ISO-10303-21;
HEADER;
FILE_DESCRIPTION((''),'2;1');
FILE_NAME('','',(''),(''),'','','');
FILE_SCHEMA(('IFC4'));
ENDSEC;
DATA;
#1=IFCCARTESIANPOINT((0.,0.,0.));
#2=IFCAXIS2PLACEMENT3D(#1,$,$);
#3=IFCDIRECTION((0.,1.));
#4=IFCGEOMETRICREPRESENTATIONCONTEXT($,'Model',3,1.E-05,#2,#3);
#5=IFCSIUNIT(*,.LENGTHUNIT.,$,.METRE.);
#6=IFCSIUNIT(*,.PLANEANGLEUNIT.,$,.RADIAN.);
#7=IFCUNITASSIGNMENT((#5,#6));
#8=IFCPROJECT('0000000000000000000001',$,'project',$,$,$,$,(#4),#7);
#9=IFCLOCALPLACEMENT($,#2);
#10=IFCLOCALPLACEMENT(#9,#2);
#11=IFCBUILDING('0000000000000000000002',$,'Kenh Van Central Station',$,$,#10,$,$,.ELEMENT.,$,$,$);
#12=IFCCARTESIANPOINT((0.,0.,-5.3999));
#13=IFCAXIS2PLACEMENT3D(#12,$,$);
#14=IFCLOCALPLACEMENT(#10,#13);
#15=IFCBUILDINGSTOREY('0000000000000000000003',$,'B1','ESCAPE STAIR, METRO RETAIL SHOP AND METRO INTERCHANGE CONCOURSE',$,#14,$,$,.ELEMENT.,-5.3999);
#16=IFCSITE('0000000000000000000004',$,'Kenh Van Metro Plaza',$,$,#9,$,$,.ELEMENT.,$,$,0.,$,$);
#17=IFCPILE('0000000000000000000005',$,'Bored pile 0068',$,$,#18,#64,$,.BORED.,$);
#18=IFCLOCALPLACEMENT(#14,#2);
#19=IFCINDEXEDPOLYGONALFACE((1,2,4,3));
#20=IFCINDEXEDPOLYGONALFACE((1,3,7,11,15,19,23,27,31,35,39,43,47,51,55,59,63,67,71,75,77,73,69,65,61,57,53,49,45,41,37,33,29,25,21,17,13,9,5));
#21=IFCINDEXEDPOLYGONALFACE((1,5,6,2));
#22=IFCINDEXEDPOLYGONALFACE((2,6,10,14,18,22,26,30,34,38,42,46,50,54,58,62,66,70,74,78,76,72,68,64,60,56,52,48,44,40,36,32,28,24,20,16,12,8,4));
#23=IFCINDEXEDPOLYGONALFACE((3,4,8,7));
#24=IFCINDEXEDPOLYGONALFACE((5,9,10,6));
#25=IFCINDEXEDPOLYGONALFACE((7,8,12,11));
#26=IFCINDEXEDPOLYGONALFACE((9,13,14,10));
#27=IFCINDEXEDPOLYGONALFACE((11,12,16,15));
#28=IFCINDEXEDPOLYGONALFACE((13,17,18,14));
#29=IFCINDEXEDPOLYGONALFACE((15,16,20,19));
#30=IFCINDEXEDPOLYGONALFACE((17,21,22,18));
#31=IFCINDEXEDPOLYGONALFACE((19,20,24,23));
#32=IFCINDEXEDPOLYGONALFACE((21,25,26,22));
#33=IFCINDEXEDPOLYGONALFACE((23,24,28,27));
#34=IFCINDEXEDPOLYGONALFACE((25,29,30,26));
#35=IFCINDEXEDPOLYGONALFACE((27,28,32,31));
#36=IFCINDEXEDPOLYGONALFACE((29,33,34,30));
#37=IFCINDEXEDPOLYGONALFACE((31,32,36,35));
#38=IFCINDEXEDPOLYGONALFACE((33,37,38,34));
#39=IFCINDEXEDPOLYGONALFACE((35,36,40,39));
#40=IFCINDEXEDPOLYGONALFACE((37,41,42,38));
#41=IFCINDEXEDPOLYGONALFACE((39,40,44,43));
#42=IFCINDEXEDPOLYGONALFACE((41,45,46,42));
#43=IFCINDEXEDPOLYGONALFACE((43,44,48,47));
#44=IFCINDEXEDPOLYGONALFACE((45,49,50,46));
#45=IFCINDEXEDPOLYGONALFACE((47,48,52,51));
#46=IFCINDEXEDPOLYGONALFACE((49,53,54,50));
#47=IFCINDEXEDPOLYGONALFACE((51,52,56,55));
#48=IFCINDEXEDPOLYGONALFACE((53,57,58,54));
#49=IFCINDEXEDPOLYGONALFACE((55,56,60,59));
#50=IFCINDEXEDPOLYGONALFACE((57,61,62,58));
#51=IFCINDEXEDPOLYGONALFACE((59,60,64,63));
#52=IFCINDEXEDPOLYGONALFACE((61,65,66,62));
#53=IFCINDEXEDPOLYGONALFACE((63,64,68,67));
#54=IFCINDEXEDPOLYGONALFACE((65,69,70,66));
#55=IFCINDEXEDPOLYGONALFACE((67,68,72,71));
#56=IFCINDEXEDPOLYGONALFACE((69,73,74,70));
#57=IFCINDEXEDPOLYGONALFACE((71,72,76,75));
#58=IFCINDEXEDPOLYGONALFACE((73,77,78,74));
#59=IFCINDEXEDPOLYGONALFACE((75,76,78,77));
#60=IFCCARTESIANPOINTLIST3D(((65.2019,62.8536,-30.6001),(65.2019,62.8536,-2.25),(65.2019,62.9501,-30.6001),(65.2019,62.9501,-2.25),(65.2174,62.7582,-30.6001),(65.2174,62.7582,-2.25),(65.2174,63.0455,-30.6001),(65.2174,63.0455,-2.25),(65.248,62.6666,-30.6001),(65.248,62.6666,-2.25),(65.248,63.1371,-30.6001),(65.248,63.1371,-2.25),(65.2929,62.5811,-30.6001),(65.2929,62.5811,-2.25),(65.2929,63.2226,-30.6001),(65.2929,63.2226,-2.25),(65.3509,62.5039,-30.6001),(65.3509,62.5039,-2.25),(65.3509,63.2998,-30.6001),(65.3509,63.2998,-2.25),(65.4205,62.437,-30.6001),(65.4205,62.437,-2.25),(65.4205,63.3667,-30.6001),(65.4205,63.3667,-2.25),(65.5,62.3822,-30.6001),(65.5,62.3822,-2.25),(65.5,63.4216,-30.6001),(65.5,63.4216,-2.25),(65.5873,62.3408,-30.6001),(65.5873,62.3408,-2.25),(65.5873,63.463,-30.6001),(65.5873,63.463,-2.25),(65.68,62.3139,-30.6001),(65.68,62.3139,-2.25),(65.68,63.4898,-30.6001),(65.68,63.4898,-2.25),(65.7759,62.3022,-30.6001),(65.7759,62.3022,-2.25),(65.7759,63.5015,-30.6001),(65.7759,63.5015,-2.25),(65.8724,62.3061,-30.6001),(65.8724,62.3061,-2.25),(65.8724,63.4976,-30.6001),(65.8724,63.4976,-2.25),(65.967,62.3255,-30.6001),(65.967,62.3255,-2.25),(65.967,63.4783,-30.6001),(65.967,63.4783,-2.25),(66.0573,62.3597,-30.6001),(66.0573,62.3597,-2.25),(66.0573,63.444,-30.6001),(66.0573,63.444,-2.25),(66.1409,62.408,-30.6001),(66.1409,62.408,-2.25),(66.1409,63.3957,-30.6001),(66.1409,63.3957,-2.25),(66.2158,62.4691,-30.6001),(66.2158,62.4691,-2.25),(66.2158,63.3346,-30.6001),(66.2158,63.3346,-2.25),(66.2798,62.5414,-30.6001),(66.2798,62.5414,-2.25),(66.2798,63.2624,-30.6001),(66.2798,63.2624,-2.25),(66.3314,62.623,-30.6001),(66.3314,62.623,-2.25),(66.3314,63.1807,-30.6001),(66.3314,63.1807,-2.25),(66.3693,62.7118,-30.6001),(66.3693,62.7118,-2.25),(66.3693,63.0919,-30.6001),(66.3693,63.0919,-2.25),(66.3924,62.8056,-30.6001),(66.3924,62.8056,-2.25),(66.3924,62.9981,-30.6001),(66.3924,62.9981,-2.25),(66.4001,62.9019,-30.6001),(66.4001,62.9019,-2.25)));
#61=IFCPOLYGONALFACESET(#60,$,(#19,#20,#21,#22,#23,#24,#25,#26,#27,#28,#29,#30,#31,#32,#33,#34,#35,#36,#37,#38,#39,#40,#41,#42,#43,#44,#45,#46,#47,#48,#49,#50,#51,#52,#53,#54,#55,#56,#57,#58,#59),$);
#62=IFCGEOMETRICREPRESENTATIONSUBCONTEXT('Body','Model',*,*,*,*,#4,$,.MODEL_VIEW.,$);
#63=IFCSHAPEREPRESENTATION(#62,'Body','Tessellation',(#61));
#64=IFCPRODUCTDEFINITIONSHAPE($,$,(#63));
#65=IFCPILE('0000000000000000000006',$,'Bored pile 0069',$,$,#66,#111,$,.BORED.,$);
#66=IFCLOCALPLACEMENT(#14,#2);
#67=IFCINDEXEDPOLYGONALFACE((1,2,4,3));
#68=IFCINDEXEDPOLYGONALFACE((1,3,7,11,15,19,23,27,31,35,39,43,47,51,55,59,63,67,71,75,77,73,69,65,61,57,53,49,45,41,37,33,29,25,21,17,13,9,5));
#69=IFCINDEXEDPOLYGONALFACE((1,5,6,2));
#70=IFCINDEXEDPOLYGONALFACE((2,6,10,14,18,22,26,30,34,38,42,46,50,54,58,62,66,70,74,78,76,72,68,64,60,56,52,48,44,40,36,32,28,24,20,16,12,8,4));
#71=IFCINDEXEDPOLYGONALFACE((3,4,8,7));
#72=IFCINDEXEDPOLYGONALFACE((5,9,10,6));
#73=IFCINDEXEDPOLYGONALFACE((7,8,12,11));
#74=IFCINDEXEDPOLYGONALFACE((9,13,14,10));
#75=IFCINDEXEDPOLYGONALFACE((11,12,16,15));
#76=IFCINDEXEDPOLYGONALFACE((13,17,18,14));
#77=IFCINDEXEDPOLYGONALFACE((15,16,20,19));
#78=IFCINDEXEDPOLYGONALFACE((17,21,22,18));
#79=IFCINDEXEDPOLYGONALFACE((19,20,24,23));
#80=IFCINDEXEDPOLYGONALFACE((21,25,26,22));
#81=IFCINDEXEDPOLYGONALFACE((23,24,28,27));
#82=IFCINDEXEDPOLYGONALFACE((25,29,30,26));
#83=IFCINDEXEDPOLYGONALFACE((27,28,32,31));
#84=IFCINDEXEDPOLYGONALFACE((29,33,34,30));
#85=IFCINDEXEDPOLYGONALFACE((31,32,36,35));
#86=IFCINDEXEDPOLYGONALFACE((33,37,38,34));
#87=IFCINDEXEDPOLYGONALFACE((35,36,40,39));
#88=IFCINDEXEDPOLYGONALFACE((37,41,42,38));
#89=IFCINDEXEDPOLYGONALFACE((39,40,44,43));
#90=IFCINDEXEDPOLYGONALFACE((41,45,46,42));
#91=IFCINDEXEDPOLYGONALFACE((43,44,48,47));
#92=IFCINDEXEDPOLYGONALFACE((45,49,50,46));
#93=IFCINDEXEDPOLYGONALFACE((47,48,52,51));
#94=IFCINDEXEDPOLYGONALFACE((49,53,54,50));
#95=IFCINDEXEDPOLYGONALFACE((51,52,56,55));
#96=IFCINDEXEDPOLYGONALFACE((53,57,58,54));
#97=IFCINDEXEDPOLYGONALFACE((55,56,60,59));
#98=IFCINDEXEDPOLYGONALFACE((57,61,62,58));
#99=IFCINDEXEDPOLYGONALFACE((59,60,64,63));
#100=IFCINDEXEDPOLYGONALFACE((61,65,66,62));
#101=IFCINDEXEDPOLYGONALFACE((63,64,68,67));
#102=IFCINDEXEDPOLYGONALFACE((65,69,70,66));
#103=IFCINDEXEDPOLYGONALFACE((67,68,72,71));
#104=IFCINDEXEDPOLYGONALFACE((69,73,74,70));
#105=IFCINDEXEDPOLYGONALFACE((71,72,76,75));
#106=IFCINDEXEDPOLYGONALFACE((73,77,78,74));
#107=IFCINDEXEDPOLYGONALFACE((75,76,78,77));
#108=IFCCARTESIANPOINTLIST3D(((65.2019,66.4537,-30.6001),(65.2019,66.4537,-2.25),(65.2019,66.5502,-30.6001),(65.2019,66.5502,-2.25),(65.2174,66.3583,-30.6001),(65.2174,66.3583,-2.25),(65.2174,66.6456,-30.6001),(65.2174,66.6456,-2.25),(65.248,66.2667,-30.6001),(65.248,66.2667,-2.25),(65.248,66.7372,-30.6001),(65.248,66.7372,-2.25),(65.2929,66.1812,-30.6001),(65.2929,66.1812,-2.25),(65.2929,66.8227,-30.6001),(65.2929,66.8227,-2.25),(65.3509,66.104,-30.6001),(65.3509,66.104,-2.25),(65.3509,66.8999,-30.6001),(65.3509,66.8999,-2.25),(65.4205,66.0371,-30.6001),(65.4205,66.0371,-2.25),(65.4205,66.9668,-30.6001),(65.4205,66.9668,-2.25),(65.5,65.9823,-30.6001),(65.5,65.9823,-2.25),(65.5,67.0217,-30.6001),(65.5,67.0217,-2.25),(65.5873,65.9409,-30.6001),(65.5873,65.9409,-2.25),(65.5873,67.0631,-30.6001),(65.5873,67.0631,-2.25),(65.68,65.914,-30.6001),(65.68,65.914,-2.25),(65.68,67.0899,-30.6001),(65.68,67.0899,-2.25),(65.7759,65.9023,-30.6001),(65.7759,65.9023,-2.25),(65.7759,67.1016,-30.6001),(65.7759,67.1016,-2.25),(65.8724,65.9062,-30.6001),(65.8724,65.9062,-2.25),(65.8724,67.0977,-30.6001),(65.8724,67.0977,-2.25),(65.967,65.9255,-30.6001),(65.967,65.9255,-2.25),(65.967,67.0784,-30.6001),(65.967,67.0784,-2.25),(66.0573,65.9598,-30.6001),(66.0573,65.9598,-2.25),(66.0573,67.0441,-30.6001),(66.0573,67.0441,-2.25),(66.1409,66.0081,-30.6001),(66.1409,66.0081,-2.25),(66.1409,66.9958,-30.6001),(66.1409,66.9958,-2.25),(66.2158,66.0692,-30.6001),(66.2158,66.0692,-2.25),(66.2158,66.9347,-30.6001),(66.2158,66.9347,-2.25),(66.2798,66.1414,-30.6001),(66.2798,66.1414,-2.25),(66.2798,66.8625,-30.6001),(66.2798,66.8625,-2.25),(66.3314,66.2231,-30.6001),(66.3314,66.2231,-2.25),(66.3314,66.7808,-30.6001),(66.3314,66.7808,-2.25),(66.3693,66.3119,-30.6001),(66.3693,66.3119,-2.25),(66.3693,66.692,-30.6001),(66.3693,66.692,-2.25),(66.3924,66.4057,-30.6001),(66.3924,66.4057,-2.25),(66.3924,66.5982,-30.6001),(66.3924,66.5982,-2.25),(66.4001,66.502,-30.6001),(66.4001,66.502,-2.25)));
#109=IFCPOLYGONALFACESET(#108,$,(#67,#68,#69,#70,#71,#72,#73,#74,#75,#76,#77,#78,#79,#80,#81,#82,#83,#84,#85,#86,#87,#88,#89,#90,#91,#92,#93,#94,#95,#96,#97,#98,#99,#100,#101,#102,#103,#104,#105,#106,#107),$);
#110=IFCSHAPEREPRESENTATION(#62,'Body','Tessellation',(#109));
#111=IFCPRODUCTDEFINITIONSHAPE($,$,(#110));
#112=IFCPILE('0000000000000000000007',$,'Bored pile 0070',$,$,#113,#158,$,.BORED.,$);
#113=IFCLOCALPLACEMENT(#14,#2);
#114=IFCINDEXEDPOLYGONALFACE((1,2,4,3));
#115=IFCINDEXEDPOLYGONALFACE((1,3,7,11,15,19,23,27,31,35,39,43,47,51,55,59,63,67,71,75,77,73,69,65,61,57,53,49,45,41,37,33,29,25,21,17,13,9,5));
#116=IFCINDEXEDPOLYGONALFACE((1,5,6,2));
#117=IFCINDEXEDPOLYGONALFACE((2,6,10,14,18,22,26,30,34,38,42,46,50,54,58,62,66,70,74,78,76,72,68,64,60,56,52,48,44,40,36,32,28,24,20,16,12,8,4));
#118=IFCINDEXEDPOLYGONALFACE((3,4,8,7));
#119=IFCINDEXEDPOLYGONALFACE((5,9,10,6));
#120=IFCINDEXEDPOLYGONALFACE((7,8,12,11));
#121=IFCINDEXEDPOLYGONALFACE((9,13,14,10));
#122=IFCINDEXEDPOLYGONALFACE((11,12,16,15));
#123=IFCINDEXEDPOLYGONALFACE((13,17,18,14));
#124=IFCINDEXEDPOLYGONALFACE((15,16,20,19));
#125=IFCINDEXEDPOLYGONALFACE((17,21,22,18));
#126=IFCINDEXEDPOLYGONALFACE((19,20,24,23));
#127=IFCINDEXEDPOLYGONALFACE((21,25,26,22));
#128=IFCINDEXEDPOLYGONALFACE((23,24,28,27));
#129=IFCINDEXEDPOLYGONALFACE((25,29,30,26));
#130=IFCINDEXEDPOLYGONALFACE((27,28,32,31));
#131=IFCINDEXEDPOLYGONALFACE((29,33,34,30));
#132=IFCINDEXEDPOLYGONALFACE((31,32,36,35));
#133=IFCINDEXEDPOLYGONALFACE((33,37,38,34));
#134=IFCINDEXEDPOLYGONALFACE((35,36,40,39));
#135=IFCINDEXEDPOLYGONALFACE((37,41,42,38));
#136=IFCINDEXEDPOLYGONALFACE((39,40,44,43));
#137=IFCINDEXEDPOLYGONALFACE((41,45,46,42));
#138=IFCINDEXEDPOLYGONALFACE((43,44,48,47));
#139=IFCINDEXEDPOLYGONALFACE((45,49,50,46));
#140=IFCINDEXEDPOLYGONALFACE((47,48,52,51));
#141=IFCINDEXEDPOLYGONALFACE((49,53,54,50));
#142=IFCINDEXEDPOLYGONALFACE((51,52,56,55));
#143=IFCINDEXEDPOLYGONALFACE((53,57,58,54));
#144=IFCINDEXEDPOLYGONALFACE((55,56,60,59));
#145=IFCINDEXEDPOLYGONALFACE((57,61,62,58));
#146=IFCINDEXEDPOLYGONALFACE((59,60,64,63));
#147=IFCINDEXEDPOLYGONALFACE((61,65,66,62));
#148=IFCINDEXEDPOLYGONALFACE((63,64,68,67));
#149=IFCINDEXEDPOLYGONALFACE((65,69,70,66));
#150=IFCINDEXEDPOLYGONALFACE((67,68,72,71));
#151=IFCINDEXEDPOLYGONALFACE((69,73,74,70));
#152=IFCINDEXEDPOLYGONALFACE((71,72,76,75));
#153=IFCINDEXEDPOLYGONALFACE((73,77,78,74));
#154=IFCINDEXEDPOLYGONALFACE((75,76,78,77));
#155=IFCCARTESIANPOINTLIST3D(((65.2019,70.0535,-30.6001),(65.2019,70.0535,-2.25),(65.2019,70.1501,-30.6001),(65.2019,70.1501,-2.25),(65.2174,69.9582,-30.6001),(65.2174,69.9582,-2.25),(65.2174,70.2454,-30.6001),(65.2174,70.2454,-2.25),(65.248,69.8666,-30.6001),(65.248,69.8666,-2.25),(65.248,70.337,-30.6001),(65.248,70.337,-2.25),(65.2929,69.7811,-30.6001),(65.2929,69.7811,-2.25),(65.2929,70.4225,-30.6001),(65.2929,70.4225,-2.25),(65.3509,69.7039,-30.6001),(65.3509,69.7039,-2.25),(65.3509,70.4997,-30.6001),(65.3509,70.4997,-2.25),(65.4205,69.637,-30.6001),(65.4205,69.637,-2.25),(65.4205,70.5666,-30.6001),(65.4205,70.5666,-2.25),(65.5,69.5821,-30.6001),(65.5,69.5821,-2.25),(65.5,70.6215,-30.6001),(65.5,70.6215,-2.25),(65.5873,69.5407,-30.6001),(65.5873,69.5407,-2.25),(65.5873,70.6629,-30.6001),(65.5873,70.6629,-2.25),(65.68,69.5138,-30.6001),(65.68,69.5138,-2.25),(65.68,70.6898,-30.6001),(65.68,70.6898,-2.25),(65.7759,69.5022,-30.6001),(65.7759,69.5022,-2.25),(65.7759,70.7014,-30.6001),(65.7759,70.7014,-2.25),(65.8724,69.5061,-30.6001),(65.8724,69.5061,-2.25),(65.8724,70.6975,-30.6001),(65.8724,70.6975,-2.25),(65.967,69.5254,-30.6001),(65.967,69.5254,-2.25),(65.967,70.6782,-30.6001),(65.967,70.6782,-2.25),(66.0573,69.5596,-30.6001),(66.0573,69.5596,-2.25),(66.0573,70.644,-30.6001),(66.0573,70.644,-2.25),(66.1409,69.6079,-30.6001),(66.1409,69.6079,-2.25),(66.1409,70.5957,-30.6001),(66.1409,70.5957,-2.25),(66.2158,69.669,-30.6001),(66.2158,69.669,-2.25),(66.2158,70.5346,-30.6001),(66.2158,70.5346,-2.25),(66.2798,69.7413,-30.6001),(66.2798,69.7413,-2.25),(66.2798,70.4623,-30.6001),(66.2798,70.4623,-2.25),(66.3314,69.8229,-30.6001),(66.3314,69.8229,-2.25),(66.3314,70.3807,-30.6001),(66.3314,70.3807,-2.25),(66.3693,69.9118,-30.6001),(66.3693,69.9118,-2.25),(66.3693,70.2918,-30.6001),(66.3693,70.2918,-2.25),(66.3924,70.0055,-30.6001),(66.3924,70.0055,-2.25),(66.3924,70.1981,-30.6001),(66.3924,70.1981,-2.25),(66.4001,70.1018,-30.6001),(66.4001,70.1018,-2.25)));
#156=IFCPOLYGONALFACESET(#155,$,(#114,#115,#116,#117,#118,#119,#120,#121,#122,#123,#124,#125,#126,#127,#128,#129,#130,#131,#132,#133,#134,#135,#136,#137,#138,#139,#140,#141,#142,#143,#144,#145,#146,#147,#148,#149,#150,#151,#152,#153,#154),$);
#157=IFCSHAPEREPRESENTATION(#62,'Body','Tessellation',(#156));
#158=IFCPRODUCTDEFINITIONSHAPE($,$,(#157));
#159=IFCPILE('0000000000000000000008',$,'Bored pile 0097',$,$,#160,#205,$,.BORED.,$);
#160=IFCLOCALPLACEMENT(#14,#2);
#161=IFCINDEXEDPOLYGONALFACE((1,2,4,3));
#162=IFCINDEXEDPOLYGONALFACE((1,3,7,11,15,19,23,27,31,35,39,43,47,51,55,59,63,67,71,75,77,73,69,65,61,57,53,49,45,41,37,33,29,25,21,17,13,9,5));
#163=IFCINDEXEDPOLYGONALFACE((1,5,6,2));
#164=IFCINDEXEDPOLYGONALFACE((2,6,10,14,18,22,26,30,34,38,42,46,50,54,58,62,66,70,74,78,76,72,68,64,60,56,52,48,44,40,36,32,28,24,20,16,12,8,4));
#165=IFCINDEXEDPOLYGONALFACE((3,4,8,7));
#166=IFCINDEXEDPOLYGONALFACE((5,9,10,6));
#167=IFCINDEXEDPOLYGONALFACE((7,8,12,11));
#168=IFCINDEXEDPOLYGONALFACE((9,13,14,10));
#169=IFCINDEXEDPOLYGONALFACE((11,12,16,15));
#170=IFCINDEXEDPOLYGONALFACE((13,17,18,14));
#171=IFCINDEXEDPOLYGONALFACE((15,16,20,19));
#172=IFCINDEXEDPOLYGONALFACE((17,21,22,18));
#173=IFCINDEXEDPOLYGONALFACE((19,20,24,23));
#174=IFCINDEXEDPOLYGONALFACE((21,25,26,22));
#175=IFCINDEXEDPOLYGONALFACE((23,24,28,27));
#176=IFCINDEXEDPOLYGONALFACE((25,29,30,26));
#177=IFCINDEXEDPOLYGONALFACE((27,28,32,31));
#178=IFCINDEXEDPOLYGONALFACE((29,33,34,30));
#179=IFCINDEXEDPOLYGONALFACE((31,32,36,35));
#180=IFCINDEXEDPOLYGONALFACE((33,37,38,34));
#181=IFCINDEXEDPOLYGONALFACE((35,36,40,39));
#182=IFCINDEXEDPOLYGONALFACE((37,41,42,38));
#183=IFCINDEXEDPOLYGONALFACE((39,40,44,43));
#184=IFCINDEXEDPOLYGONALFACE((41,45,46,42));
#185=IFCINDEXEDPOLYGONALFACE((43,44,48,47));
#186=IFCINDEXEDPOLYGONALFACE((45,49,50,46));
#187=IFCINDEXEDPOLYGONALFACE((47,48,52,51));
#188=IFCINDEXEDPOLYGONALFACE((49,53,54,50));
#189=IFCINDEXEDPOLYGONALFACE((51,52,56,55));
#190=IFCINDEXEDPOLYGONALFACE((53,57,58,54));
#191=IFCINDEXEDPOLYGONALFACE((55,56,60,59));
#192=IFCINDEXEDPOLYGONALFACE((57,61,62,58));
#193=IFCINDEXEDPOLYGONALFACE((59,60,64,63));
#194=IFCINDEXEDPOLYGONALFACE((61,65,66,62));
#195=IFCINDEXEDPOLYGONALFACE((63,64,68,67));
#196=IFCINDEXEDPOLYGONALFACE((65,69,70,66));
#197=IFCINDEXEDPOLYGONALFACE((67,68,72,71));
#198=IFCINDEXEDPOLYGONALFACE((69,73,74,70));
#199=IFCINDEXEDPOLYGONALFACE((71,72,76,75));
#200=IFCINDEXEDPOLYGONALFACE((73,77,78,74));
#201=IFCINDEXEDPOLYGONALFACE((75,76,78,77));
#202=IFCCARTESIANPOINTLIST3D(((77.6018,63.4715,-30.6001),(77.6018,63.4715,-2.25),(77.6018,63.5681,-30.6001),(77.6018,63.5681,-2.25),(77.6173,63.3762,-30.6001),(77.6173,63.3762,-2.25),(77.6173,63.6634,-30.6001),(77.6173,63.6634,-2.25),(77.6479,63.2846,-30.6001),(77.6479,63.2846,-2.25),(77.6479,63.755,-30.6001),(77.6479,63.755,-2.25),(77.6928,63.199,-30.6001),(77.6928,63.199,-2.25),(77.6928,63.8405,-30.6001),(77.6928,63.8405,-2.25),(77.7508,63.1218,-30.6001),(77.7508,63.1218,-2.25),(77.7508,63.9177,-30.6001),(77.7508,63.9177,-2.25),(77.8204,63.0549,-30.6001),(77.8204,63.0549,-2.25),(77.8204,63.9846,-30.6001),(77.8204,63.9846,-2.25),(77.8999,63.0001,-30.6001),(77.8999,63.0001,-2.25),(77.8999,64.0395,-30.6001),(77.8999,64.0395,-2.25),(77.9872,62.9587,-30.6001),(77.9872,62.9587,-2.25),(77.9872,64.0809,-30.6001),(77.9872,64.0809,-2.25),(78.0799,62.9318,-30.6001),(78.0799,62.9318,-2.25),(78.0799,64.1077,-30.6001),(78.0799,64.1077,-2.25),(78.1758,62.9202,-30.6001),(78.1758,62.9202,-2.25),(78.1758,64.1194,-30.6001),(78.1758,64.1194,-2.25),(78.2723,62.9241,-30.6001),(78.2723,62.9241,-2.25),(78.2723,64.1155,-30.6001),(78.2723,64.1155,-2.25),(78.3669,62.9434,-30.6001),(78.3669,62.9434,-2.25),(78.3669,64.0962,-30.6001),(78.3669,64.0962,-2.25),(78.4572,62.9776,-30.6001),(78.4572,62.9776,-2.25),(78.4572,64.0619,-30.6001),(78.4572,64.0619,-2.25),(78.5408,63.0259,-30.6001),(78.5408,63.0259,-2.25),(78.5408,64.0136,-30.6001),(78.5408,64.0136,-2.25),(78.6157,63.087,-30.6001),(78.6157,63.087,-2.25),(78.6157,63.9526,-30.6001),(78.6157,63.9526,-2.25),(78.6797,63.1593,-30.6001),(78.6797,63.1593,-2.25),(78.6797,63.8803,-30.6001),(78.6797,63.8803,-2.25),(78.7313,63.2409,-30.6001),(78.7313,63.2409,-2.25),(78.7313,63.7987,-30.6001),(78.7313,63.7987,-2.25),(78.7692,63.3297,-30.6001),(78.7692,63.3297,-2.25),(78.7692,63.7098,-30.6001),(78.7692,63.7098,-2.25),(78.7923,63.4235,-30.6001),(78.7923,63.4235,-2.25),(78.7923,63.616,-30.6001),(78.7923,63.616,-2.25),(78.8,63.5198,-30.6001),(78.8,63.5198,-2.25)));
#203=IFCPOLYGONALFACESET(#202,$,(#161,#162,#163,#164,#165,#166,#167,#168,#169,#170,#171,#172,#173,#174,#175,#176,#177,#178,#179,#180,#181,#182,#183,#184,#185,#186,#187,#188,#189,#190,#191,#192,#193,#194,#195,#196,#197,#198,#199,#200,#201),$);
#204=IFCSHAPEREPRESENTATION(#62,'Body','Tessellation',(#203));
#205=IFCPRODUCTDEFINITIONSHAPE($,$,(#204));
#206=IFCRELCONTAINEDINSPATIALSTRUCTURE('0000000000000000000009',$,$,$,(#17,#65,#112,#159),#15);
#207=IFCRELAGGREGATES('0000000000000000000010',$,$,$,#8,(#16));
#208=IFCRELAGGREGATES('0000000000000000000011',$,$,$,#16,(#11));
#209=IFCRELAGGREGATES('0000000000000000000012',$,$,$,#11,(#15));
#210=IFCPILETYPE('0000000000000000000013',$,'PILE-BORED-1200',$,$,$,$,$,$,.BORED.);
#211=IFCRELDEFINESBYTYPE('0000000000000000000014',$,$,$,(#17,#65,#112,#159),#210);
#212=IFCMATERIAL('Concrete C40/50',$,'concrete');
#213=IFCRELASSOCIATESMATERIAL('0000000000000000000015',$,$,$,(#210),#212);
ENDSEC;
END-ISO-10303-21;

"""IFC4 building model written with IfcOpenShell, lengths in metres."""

from ifc_helpers import new_model, si_unit, direction, frame, origin, origin_2d, place, context, subcontext, project, spatial, circle, extrude, material, material_profile, profile_set, type_object, element, save


model = new_model("IFC4")

# Units and contexts
model_context = context("Model", 3, precision=1e-05, world=origin(), true_north=direction((0.0, 1.0)))
body_context = subcontext(model_context, "Body", "Model", "MODEL_VIEW")
ifc_project = project(units=[si_unit("LENGTHUNIT", "METRE"), si_unit("PLANEANGLEUNIT", "RADIAN")], contexts=[model_context])

# Site, building, storey
site_placement = place(None, origin())
site = spatial("IfcSite", under=ifc_project, at=site_placement, Name="Kenh Van Metro Plaza", CompositionType="ELEMENT", RefElevation=0.0)
building_placement = place(site_placement, origin())
building = spatial("IfcBuilding", under=site, at=building_placement, Name="Kenh Van Central Station", CompositionType="ELEMENT")
storey_placement = place(building_placement, frame((0.0, 0.0, -5.3999)))
storey = spatial("IfcBuildingStorey", under=building, at=storey_placement, Name="B1", Description="ESCAPE STAIR, METRO RETAIL SHOP AND METRO INTERCHANGE CONCOURSE", CompositionType="ELEMENT", Elevation=-5.3999)

# Shared definitions
ifc_material_1 = material(Name="Concrete C40/50", Category="concrete")

# Piles
ifc_material_profile_1 = material_profile(ifc_material_1, circle(Radius=0.6001, at=origin_2d()), Name="PILE D1200")
ifc_profile_set_1 = profile_set([ifc_material_profile_1], Name="Concrete C40/50")
pile_type_1 = type_object("IfcPileType", Name="PILE-BORED-1200", PredefinedType="BORED", material=ifc_profile_set_1)
for number, where, z_axis, x_axis, name in (
    (1, (65.8, 62.9019, -2.25), (0.0, 0.0, -1.0), (1.0, 0.0, 0.0), "Bored pile 0068"),
    (2, (65.8, 66.502, -2.25), (0.0, 0.0, -1.0), (1.0, 0.0, 0.0), "Bored pile 0069"),
    (3, (65.8, 70.1018, -2.25), (0.0, 0.0, -1.0), (1.0, 0.0, 0.0), "Bored pile 0070"),
    (4, (78.2, 63.5198, -2.25), (0.0, 0.0, -1.0), (1.0, 0.0, 0.0), "Bored pile 0097"),
):
    element("IfcPile", number, at=place(storey_placement, frame(where, z_axis=z_axis, x_axis=x_axis)), inside=storey, type_object=pile_type_1, Name=name, PredefinedType="BORED", context=body_context, shape_type="SweptSolid", body=[
        extrude(circle(Radius=0.6001, at=origin_2d()), origin(), (0.0, 0.0, 1.0), 28.3501),
    ])

save(model, "model.ifc")
